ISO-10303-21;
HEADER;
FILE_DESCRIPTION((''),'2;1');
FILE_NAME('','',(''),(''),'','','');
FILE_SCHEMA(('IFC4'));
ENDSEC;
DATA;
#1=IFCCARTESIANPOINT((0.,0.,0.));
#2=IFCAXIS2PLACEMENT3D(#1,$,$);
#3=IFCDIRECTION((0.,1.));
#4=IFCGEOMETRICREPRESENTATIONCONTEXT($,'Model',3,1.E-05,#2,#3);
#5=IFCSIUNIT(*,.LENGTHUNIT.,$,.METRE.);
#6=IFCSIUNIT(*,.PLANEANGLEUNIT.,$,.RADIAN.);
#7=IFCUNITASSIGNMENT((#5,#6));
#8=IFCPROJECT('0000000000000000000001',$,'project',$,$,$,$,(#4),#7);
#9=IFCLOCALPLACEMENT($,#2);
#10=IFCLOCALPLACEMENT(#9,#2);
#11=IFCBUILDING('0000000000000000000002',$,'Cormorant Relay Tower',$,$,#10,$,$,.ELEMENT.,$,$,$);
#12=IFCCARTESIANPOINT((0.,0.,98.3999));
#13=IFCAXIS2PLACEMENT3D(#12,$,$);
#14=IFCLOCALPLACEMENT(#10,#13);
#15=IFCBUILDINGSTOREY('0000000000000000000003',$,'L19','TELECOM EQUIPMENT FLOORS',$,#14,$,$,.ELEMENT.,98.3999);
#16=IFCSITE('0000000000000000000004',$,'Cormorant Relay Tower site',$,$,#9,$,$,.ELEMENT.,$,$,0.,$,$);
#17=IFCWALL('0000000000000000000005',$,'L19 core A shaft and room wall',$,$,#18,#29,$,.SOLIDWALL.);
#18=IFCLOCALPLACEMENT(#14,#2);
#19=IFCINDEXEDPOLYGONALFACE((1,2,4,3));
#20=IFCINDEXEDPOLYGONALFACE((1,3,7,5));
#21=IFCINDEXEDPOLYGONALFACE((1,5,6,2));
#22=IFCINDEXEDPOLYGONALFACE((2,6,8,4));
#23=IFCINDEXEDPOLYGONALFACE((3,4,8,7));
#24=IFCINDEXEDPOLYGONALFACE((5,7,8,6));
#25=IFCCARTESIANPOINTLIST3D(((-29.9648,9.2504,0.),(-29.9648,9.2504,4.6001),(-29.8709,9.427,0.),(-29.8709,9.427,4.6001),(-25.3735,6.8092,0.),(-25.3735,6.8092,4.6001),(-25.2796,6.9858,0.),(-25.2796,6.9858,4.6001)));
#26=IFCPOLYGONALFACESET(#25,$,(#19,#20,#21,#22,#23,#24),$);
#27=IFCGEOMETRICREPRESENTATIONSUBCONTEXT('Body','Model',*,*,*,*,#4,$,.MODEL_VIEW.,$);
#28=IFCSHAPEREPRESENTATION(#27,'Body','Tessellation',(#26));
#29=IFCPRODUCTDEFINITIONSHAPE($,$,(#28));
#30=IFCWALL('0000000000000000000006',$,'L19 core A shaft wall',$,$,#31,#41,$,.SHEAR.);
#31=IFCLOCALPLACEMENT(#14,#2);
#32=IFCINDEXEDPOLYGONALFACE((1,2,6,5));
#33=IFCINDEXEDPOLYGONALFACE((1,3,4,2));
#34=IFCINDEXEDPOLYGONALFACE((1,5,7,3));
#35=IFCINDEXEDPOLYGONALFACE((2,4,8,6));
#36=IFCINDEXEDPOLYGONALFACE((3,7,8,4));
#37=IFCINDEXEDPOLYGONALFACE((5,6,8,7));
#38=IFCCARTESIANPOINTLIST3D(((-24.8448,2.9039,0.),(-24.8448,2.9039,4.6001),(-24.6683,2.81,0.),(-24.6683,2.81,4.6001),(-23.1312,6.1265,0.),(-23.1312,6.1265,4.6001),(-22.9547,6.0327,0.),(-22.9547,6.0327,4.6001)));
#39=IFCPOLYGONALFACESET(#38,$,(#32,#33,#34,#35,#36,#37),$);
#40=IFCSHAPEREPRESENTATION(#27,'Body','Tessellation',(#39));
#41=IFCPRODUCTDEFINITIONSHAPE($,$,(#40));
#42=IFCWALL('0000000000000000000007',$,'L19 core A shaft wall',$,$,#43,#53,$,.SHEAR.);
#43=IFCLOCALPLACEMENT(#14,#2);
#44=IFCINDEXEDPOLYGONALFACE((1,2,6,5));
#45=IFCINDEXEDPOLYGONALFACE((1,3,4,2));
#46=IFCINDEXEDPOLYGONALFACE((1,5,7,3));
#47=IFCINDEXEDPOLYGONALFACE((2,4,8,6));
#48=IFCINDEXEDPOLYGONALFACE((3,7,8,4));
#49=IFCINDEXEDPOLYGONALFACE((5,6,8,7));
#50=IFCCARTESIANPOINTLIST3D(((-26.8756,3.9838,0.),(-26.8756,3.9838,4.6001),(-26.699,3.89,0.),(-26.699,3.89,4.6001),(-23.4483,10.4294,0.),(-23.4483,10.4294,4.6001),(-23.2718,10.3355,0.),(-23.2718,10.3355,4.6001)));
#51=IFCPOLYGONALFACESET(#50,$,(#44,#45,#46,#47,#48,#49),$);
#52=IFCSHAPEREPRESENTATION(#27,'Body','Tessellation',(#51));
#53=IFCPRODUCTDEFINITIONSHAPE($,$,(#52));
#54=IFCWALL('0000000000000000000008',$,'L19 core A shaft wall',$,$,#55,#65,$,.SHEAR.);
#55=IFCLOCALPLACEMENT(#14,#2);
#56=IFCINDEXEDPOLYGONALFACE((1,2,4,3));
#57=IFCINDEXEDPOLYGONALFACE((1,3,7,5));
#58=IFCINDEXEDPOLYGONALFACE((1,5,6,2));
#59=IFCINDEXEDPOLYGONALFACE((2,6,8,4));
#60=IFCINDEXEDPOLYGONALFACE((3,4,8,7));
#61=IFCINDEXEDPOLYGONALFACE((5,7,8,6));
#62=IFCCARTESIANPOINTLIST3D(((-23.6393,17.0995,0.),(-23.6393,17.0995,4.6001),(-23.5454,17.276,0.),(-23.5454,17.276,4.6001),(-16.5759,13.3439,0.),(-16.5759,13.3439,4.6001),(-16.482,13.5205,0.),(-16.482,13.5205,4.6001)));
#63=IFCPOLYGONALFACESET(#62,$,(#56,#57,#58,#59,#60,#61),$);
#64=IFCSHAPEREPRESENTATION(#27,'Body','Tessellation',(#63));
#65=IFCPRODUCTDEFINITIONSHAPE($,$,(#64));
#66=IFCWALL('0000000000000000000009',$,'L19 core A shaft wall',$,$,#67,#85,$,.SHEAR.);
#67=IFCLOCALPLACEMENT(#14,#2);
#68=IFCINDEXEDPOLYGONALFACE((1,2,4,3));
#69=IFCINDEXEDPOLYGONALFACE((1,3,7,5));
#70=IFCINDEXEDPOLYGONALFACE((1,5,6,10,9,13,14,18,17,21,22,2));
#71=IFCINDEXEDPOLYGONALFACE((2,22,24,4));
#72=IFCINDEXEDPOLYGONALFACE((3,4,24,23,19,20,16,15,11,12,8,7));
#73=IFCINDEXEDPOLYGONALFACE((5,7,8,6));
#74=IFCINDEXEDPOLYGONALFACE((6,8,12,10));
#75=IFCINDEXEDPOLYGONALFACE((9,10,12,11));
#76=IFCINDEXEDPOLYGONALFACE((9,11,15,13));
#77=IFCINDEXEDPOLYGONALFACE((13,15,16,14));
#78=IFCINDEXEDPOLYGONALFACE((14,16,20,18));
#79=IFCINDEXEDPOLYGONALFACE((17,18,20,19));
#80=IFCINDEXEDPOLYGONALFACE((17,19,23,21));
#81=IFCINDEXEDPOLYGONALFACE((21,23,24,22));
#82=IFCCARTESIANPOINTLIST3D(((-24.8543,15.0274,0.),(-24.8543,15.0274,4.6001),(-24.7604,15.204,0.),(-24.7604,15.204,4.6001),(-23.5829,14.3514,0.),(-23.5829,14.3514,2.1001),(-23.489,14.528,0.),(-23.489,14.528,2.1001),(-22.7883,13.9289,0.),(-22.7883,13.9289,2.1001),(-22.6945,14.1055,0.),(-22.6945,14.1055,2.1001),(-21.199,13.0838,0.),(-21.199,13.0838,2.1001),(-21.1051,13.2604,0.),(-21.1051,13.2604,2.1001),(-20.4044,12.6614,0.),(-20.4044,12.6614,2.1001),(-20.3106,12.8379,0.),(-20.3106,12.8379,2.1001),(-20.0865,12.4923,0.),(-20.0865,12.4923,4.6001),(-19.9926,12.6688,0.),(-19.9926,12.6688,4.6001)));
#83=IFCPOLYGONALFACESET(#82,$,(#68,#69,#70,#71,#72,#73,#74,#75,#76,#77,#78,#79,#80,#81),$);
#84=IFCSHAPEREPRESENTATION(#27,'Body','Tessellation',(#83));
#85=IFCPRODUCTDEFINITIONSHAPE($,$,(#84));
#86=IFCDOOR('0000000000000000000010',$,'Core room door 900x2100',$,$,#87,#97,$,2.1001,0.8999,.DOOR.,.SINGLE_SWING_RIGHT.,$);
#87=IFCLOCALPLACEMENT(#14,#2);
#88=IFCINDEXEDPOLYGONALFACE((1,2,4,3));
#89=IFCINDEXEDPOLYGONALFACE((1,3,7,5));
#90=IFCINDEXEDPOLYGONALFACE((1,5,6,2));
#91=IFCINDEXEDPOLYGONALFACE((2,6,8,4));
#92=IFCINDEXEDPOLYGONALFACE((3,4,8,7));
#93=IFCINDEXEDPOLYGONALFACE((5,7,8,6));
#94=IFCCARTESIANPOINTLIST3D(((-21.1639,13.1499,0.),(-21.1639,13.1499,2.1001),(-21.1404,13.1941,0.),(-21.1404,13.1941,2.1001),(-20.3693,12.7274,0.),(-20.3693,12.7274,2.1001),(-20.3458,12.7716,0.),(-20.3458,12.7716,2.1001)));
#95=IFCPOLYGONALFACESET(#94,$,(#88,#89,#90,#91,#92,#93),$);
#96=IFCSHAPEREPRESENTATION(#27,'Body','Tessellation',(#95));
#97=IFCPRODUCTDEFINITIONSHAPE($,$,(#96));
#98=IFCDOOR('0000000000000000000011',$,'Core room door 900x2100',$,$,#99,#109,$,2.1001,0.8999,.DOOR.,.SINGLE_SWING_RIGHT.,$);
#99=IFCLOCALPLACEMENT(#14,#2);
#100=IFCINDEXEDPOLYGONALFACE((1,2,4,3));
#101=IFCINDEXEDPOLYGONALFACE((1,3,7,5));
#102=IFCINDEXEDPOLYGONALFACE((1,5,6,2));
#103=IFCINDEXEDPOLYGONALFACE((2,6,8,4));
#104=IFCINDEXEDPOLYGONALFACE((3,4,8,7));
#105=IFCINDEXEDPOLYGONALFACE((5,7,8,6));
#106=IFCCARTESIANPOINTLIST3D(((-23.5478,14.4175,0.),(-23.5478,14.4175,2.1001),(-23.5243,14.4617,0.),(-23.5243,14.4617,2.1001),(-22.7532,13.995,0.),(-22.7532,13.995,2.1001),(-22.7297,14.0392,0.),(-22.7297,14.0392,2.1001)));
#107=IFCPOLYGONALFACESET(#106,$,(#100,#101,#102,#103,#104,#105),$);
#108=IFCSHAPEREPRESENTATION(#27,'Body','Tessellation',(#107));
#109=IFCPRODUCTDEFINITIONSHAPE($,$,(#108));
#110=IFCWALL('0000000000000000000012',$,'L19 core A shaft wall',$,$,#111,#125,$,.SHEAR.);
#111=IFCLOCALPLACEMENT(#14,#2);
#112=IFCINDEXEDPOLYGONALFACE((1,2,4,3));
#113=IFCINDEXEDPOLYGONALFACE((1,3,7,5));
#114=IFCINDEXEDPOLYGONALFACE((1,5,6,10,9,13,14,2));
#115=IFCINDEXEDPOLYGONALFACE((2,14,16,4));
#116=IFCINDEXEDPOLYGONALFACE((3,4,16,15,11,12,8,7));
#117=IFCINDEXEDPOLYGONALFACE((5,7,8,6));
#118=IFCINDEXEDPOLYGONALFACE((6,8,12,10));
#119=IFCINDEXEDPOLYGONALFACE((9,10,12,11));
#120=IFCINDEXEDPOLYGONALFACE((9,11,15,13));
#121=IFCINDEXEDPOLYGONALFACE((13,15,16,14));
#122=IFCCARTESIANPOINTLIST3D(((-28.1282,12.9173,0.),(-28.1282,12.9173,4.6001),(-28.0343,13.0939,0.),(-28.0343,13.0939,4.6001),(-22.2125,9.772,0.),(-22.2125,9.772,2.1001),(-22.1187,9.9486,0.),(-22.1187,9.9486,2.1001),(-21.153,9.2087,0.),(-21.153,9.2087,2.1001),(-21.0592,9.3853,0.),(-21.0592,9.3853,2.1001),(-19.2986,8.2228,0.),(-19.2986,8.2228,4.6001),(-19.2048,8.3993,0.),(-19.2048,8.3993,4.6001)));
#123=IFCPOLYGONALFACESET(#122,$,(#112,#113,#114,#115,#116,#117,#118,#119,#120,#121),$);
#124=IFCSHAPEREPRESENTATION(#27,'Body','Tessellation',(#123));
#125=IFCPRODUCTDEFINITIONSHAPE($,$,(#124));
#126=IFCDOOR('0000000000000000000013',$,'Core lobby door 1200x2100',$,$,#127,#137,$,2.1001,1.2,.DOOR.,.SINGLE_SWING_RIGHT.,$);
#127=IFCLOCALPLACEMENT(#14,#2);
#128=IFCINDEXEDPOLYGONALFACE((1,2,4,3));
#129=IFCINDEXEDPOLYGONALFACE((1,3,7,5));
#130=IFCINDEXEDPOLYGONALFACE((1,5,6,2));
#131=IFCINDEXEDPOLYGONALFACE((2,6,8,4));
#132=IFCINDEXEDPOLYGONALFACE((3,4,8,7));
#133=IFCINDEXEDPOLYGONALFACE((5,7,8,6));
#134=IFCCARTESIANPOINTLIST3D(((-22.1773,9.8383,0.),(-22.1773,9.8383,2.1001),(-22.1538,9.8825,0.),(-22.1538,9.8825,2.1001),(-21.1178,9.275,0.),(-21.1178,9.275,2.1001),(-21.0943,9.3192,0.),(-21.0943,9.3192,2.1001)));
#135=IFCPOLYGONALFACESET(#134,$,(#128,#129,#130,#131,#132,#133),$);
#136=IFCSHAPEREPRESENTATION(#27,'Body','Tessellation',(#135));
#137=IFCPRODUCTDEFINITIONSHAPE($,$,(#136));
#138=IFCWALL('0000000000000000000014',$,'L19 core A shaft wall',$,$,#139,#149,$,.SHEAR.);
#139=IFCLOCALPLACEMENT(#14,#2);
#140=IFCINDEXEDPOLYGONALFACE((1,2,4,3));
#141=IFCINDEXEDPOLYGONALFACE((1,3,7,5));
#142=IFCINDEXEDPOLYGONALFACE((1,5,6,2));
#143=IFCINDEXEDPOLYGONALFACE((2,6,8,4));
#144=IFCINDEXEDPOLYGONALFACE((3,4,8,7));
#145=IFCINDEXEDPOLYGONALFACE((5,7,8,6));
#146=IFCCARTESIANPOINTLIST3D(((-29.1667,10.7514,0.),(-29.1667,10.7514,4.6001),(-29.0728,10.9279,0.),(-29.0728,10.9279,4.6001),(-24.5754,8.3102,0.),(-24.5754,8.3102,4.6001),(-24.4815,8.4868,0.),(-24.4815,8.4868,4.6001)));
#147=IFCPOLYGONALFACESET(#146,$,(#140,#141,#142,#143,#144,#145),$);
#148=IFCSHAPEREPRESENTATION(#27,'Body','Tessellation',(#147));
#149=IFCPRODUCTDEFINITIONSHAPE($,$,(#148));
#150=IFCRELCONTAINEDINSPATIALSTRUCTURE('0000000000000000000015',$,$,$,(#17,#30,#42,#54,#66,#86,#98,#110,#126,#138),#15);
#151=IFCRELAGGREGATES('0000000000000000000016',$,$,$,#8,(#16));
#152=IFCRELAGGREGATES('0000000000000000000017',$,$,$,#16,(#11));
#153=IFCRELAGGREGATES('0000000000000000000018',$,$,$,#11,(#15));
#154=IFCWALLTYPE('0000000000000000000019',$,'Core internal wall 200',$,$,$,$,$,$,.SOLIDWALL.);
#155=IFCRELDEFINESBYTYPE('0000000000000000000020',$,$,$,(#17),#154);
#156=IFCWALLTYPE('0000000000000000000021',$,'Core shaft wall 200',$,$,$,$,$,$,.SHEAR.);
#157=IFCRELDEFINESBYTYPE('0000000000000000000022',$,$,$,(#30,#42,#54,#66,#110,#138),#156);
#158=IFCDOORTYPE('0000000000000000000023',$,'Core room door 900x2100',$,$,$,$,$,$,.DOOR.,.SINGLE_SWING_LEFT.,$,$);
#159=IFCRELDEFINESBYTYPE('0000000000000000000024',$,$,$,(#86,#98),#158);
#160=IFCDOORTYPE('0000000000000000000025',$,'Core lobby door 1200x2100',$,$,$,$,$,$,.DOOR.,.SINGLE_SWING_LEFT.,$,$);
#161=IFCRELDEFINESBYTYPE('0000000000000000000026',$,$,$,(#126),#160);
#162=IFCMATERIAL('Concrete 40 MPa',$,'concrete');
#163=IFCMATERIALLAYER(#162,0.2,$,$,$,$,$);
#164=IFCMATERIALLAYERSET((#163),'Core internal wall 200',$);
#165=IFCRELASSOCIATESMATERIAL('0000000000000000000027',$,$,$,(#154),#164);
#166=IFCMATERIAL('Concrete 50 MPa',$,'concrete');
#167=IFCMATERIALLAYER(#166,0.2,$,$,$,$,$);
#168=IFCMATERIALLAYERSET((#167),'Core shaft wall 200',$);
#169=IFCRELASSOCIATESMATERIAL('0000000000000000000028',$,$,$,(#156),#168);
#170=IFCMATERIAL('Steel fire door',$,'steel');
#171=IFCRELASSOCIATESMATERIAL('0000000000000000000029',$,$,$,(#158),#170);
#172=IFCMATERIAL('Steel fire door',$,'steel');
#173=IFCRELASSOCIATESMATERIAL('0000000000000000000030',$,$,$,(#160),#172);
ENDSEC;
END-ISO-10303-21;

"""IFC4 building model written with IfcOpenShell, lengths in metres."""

from ifc_helpers import new_model, si_unit, direction, frame, frame_2d, origin, place, context, subcontext, project, spatial, rectangle, extrude, material, layer, layer_set, type_object, element, fill, save


model = new_model("IFC4")

# Units and contexts
model_context = context("Model", 3, precision=1e-05, world=origin(), true_north=direction((0.0, 1.0)))
body_context = subcontext(model_context, "Body", "Model", "MODEL_VIEW")
ifc_project = project(units=[si_unit("LENGTHUNIT", "METRE"), si_unit("PLANEANGLEUNIT", "RADIAN")], contexts=[model_context])

# Site, building, storey
site_placement = place(None, origin())
site = spatial("IfcSite", under=ifc_project, at=site_placement, Name="Cormorant Relay Tower site", CompositionType="ELEMENT", RefElevation=0.0)
building_placement = place(site_placement, origin())
building = spatial("IfcBuilding", under=site, at=building_placement, Name="Cormorant Relay Tower", CompositionType="ELEMENT")
storey_placement = place(building_placement, frame((0.0, 0.0, 98.3999)))
storey = spatial("IfcBuildingStorey", under=building, at=storey_placement, Name="L19", Description="TELECOM EQUIPMENT FLOORS", CompositionType="ELEMENT", Elevation=98.3999)

# Walls
ifc_material_1 = material(Name="Concrete 40 MPa", Category="concrete")
ifc_layer_1 = layer(ifc_material_1, 0.2)
ifc_layer_set_1 = layer_set([ifc_layer_1], Name="Core internal wall 200")
wall_type_1 = type_object("IfcWallType", Name="Core internal wall 200", PredefinedType="SOLIDWALL", material=ifc_layer_set_1)
wall_1_placement = place(storey_placement, frame((-25.3264, 6.8975, 0.0), z_axis=(0.0, 0.0, 1.0), x_axis=(-0.882954, 0.46946, 0.0)))
element("IfcWall", 1, at=wall_1_placement, inside=storey, type_object=wall_type_1, Name="L19 core A shaft and room wall", PredefinedType="SOLIDWALL", context=body_context, shape_type="SweptSolid", body=[
    extrude(rectangle(XDim=5.2, YDim=0.2, at=frame_2d((2.6001, 0.0))), origin(), (0.0, 0.0, 1.0), 4.6001),
])
ifc_material_2 = material(Name="Concrete 50 MPa", Category="concrete")
ifc_layer_2 = layer(ifc_material_2, 0.2)
ifc_layer_set_2 = layer_set([ifc_layer_2], Name="Core shaft wall 200")
wall_type_2 = type_object("IfcWallType", Name="Core shaft wall 200", PredefinedType="SHEAR", material=ifc_layer_set_2)
wall_2_placement = place(storey_placement, frame((-23.043, 6.0796, 0.0), z_axis=(0.0, 0.0, 1.0), x_axis=(-0.469494, -0.882936, 0.0)))
element("IfcWall", 2, at=wall_2_placement, inside=storey, type_object=wall_type_2, Name="L19 core A shaft wall", PredefinedType="SHEAR", context=body_context, shape_type="SweptSolid", body=[
    extrude(rectangle(XDim=3.6499, YDim=0.2, at=frame_2d((1.825, 0.0))), origin(), (0.0, 0.0, 1.0), 4.6001),
])
wall_3_placement = place(storey_placement, frame((-23.3601, 10.3823, 0.0), z_axis=(0.0, 0.0, 1.0), x_axis=(-0.46948, -0.882943, 0.0)))
element("IfcWall", 3, at=wall_3_placement, inside=storey, type_object=wall_type_2, Name="L19 core A shaft wall", PredefinedType="SHEAR", context=body_context, shape_type="SweptSolid", body=[
    extrude(rectangle(XDim=7.3, YDim=0.2, at=frame_2d((3.6499, 0.0))), origin(), (0.0, 0.0, 1.0), 4.6001),
])
wall_4_placement = place(storey_placement, frame((-16.5288, 13.4321, 0.0), z_axis=(0.0, 0.0, 1.0), x_axis=(-0.882953, 0.469462, 0.0)))
element("IfcWall", 4, at=wall_4_placement, inside=storey, type_object=wall_type_2, Name="L19 core A shaft wall", PredefinedType="SHEAR", context=body_context, shape_type="SweptSolid", body=[
    extrude(rectangle(XDim=7.9998, YDim=0.2, at=frame_2d((4.0, 0.0))), origin(), (0.0, 0.0, 1.0), 4.6001),
])

# Wall, openings, doors
wall_5_placement = place(storey_placement, frame((-20.0396, 12.5806, 0.0), z_axis=(0.0, 0.0, 1.0), x_axis=(-0.882943, 0.46948, 0.0)))
wall_5 = element("IfcWall", 5, at=wall_5_placement, inside=storey, type_object=wall_type_2, Name="L19 core A shaft wall", PredefinedType="SHEAR", context=body_context, shape_type="SweptSolid", body=[
    extrude(rectangle(XDim=5.3999, YDim=0.2, at=frame_2d((2.7, 0.0))), origin(), (0.0, 0.0, 1.0), 4.6001),
])
opening_1_placement = place(wall_5_placement, frame((0.3601, 0.0, 0.0)))
opening_1 = element("IfcOpeningElement", 6, at=opening_1_placement, cuts=wall_5, PredefinedType="OPENING", context=body_context, shape_type="SweptSolid", body=[
    extrude(rectangle(XDim=0.8999, YDim=2.1001, at=frame_2d((0.45, 1.05))), frame((0.0, 0.1099, 0.0), z_axis=(0.0, -1.0, 0.0), x_axis=(1.0, 0.0, 0.0)), (0.0, 0.0, 1.0), 0.22),
])
opening_2_placement = place(wall_5_placement, frame((3.0601, 0.0, 0.0)))
opening_2 = element("IfcOpeningElement", 7, at=opening_2_placement, cuts=wall_5, PredefinedType="OPENING", context=body_context, shape_type="SweptSolid", body=[
    extrude(rectangle(XDim=0.8999, YDim=2.1001, at=frame_2d((0.45, 1.05))), frame((0.0, 0.1099, 0.0), z_axis=(0.0, -1.0, 0.0), x_axis=(1.0, 0.0, 0.0)), (0.0, 0.0, 1.0), 0.22),
])
ifc_material_3 = material(Name="Steel fire door", Category="steel")
door_type_1 = type_object("IfcDoorType", Name="Core room door 900x2100", OperationType="SINGLE_SWING_LEFT", PredefinedType="DOOR", material=ifc_material_3)
door_1_placement = place(opening_1_placement, frame((0.8999, 0.0, 0.0), z_axis=(0.0, 0.0, 1.0), x_axis=(-1.0, 0.0, 0.0)))
door_1 = element("IfcDoor", 8, at=door_1_placement, inside=storey, type_object=door_type_1, Name="Core room door 900x2100", OperationType="SINGLE_SWING_RIGHT", OverallHeight=2.1001, OverallWidth=0.8999, PredefinedType="DOOR", context=body_context, shape_type="SweptSolid", body=[
    extrude(rectangle(XDim=0.8999, YDim=2.1001, at=frame_2d((0.45, 1.05))), frame((0.0, 0.0249, 0.0), z_axis=(0.0, -1.0, 0.0), x_axis=(1.0, 0.0, 0.0)), (0.0, 0.0, 1.0), 0.05),
])
fill(opening_1, door_1)
door_2_placement = place(opening_2_placement, frame((0.8999, 0.0, 0.0), z_axis=(0.0, 0.0, 1.0), x_axis=(-1.0, 0.0, 0.0)))
door_2 = element("IfcDoor", 9, at=door_2_placement, inside=storey, type_object=door_type_1, Name="Core room door 900x2100", OperationType="SINGLE_SWING_RIGHT", OverallHeight=2.1001, OverallWidth=0.8999, PredefinedType="DOOR", context=body_context, shape_type="SweptSolid", body=[
    extrude(rectangle(XDim=0.8999, YDim=2.1001, at=frame_2d((0.45, 1.05))), frame((0.0, 0.0249, 0.0), z_axis=(0.0, -1.0, 0.0), x_axis=(1.0, 0.0, 0.0)), (0.0, 0.0, 1.0), 0.05),
])
fill(opening_2, door_2)

# Wall, opening, door
wall_6_placement = place(storey_placement, frame((-19.2517, 8.311, 0.0), z_axis=(0.0, 0.0, 1.0), x_axis=(-0.882956, 0.469456, 0.0)))
wall_6 = element("IfcWall", 10, at=wall_6_placement, inside=storey, type_object=wall_type_2, Name="L19 core A shaft wall", PredefinedType="SHEAR", context=body_context, shape_type="SweptSolid", body=[
    extrude(rectangle(XDim=10.0, YDim=0.2, at=frame_2d((5.0, 0.0))), origin(), (0.0, 0.0, 1.0), 4.6001),
])
opening_3_placement = place(wall_6_placement, frame((2.1001, 0.0, 0.0)))
opening_3 = element("IfcOpeningElement", 11, at=opening_3_placement, cuts=wall_6, PredefinedType="OPENING", context=body_context, shape_type="SweptSolid", body=[
    extrude(rectangle(XDim=1.2, YDim=2.1001, at=frame_2d((0.6001, 1.05))), frame((0.0, 0.1099, 0.0), z_axis=(0.0, -1.0, 0.0), x_axis=(1.0, 0.0, 0.0)), (0.0, 0.0, 1.0), 0.22),
])
ifc_material_4 = material(Name="Steel fire door", Category="steel")
door_type_2 = type_object("IfcDoorType", Name="Core lobby door 1200x2100", OperationType="SINGLE_SWING_LEFT", PredefinedType="DOOR", material=ifc_material_4)
door_3_placement = place(opening_3_placement, origin())
door_3 = element("IfcDoor", 12, at=door_3_placement, inside=storey, type_object=door_type_2, Name="Core lobby door 1200x2100", OperationType="SINGLE_SWING_RIGHT", OverallHeight=2.1001, OverallWidth=1.2, PredefinedType="DOOR", context=body_context, shape_type="SweptSolid", body=[
    extrude(rectangle(XDim=1.2, YDim=2.1001, at=frame_2d((0.6001, 1.05))), frame((0.0, 0.0249, 0.0), z_axis=(0.0, -1.0, 0.0), x_axis=(1.0, 0.0, 0.0)), (0.0, 0.0, 1.0), 0.05),
])
fill(opening_3, door_3)

# Wall
wall_7_placement = place(storey_placement, frame((-24.5283, 8.3984, 0.0), z_axis=(0.0, 0.0, 1.0), x_axis=(-0.882954, 0.46946, 0.0)))
element("IfcWall", 13, at=wall_7_placement, inside=storey, type_object=wall_type_2, Name="L19 core A shaft wall", PredefinedType="SHEAR", context=body_context, shape_type="SweptSolid", body=[
    extrude(rectangle(XDim=5.2, YDim=0.2, at=frame_2d((2.6001, 0.0))), origin(), (0.0, 0.0, 1.0), 4.6001),
])

save(model, "model.ifc")
